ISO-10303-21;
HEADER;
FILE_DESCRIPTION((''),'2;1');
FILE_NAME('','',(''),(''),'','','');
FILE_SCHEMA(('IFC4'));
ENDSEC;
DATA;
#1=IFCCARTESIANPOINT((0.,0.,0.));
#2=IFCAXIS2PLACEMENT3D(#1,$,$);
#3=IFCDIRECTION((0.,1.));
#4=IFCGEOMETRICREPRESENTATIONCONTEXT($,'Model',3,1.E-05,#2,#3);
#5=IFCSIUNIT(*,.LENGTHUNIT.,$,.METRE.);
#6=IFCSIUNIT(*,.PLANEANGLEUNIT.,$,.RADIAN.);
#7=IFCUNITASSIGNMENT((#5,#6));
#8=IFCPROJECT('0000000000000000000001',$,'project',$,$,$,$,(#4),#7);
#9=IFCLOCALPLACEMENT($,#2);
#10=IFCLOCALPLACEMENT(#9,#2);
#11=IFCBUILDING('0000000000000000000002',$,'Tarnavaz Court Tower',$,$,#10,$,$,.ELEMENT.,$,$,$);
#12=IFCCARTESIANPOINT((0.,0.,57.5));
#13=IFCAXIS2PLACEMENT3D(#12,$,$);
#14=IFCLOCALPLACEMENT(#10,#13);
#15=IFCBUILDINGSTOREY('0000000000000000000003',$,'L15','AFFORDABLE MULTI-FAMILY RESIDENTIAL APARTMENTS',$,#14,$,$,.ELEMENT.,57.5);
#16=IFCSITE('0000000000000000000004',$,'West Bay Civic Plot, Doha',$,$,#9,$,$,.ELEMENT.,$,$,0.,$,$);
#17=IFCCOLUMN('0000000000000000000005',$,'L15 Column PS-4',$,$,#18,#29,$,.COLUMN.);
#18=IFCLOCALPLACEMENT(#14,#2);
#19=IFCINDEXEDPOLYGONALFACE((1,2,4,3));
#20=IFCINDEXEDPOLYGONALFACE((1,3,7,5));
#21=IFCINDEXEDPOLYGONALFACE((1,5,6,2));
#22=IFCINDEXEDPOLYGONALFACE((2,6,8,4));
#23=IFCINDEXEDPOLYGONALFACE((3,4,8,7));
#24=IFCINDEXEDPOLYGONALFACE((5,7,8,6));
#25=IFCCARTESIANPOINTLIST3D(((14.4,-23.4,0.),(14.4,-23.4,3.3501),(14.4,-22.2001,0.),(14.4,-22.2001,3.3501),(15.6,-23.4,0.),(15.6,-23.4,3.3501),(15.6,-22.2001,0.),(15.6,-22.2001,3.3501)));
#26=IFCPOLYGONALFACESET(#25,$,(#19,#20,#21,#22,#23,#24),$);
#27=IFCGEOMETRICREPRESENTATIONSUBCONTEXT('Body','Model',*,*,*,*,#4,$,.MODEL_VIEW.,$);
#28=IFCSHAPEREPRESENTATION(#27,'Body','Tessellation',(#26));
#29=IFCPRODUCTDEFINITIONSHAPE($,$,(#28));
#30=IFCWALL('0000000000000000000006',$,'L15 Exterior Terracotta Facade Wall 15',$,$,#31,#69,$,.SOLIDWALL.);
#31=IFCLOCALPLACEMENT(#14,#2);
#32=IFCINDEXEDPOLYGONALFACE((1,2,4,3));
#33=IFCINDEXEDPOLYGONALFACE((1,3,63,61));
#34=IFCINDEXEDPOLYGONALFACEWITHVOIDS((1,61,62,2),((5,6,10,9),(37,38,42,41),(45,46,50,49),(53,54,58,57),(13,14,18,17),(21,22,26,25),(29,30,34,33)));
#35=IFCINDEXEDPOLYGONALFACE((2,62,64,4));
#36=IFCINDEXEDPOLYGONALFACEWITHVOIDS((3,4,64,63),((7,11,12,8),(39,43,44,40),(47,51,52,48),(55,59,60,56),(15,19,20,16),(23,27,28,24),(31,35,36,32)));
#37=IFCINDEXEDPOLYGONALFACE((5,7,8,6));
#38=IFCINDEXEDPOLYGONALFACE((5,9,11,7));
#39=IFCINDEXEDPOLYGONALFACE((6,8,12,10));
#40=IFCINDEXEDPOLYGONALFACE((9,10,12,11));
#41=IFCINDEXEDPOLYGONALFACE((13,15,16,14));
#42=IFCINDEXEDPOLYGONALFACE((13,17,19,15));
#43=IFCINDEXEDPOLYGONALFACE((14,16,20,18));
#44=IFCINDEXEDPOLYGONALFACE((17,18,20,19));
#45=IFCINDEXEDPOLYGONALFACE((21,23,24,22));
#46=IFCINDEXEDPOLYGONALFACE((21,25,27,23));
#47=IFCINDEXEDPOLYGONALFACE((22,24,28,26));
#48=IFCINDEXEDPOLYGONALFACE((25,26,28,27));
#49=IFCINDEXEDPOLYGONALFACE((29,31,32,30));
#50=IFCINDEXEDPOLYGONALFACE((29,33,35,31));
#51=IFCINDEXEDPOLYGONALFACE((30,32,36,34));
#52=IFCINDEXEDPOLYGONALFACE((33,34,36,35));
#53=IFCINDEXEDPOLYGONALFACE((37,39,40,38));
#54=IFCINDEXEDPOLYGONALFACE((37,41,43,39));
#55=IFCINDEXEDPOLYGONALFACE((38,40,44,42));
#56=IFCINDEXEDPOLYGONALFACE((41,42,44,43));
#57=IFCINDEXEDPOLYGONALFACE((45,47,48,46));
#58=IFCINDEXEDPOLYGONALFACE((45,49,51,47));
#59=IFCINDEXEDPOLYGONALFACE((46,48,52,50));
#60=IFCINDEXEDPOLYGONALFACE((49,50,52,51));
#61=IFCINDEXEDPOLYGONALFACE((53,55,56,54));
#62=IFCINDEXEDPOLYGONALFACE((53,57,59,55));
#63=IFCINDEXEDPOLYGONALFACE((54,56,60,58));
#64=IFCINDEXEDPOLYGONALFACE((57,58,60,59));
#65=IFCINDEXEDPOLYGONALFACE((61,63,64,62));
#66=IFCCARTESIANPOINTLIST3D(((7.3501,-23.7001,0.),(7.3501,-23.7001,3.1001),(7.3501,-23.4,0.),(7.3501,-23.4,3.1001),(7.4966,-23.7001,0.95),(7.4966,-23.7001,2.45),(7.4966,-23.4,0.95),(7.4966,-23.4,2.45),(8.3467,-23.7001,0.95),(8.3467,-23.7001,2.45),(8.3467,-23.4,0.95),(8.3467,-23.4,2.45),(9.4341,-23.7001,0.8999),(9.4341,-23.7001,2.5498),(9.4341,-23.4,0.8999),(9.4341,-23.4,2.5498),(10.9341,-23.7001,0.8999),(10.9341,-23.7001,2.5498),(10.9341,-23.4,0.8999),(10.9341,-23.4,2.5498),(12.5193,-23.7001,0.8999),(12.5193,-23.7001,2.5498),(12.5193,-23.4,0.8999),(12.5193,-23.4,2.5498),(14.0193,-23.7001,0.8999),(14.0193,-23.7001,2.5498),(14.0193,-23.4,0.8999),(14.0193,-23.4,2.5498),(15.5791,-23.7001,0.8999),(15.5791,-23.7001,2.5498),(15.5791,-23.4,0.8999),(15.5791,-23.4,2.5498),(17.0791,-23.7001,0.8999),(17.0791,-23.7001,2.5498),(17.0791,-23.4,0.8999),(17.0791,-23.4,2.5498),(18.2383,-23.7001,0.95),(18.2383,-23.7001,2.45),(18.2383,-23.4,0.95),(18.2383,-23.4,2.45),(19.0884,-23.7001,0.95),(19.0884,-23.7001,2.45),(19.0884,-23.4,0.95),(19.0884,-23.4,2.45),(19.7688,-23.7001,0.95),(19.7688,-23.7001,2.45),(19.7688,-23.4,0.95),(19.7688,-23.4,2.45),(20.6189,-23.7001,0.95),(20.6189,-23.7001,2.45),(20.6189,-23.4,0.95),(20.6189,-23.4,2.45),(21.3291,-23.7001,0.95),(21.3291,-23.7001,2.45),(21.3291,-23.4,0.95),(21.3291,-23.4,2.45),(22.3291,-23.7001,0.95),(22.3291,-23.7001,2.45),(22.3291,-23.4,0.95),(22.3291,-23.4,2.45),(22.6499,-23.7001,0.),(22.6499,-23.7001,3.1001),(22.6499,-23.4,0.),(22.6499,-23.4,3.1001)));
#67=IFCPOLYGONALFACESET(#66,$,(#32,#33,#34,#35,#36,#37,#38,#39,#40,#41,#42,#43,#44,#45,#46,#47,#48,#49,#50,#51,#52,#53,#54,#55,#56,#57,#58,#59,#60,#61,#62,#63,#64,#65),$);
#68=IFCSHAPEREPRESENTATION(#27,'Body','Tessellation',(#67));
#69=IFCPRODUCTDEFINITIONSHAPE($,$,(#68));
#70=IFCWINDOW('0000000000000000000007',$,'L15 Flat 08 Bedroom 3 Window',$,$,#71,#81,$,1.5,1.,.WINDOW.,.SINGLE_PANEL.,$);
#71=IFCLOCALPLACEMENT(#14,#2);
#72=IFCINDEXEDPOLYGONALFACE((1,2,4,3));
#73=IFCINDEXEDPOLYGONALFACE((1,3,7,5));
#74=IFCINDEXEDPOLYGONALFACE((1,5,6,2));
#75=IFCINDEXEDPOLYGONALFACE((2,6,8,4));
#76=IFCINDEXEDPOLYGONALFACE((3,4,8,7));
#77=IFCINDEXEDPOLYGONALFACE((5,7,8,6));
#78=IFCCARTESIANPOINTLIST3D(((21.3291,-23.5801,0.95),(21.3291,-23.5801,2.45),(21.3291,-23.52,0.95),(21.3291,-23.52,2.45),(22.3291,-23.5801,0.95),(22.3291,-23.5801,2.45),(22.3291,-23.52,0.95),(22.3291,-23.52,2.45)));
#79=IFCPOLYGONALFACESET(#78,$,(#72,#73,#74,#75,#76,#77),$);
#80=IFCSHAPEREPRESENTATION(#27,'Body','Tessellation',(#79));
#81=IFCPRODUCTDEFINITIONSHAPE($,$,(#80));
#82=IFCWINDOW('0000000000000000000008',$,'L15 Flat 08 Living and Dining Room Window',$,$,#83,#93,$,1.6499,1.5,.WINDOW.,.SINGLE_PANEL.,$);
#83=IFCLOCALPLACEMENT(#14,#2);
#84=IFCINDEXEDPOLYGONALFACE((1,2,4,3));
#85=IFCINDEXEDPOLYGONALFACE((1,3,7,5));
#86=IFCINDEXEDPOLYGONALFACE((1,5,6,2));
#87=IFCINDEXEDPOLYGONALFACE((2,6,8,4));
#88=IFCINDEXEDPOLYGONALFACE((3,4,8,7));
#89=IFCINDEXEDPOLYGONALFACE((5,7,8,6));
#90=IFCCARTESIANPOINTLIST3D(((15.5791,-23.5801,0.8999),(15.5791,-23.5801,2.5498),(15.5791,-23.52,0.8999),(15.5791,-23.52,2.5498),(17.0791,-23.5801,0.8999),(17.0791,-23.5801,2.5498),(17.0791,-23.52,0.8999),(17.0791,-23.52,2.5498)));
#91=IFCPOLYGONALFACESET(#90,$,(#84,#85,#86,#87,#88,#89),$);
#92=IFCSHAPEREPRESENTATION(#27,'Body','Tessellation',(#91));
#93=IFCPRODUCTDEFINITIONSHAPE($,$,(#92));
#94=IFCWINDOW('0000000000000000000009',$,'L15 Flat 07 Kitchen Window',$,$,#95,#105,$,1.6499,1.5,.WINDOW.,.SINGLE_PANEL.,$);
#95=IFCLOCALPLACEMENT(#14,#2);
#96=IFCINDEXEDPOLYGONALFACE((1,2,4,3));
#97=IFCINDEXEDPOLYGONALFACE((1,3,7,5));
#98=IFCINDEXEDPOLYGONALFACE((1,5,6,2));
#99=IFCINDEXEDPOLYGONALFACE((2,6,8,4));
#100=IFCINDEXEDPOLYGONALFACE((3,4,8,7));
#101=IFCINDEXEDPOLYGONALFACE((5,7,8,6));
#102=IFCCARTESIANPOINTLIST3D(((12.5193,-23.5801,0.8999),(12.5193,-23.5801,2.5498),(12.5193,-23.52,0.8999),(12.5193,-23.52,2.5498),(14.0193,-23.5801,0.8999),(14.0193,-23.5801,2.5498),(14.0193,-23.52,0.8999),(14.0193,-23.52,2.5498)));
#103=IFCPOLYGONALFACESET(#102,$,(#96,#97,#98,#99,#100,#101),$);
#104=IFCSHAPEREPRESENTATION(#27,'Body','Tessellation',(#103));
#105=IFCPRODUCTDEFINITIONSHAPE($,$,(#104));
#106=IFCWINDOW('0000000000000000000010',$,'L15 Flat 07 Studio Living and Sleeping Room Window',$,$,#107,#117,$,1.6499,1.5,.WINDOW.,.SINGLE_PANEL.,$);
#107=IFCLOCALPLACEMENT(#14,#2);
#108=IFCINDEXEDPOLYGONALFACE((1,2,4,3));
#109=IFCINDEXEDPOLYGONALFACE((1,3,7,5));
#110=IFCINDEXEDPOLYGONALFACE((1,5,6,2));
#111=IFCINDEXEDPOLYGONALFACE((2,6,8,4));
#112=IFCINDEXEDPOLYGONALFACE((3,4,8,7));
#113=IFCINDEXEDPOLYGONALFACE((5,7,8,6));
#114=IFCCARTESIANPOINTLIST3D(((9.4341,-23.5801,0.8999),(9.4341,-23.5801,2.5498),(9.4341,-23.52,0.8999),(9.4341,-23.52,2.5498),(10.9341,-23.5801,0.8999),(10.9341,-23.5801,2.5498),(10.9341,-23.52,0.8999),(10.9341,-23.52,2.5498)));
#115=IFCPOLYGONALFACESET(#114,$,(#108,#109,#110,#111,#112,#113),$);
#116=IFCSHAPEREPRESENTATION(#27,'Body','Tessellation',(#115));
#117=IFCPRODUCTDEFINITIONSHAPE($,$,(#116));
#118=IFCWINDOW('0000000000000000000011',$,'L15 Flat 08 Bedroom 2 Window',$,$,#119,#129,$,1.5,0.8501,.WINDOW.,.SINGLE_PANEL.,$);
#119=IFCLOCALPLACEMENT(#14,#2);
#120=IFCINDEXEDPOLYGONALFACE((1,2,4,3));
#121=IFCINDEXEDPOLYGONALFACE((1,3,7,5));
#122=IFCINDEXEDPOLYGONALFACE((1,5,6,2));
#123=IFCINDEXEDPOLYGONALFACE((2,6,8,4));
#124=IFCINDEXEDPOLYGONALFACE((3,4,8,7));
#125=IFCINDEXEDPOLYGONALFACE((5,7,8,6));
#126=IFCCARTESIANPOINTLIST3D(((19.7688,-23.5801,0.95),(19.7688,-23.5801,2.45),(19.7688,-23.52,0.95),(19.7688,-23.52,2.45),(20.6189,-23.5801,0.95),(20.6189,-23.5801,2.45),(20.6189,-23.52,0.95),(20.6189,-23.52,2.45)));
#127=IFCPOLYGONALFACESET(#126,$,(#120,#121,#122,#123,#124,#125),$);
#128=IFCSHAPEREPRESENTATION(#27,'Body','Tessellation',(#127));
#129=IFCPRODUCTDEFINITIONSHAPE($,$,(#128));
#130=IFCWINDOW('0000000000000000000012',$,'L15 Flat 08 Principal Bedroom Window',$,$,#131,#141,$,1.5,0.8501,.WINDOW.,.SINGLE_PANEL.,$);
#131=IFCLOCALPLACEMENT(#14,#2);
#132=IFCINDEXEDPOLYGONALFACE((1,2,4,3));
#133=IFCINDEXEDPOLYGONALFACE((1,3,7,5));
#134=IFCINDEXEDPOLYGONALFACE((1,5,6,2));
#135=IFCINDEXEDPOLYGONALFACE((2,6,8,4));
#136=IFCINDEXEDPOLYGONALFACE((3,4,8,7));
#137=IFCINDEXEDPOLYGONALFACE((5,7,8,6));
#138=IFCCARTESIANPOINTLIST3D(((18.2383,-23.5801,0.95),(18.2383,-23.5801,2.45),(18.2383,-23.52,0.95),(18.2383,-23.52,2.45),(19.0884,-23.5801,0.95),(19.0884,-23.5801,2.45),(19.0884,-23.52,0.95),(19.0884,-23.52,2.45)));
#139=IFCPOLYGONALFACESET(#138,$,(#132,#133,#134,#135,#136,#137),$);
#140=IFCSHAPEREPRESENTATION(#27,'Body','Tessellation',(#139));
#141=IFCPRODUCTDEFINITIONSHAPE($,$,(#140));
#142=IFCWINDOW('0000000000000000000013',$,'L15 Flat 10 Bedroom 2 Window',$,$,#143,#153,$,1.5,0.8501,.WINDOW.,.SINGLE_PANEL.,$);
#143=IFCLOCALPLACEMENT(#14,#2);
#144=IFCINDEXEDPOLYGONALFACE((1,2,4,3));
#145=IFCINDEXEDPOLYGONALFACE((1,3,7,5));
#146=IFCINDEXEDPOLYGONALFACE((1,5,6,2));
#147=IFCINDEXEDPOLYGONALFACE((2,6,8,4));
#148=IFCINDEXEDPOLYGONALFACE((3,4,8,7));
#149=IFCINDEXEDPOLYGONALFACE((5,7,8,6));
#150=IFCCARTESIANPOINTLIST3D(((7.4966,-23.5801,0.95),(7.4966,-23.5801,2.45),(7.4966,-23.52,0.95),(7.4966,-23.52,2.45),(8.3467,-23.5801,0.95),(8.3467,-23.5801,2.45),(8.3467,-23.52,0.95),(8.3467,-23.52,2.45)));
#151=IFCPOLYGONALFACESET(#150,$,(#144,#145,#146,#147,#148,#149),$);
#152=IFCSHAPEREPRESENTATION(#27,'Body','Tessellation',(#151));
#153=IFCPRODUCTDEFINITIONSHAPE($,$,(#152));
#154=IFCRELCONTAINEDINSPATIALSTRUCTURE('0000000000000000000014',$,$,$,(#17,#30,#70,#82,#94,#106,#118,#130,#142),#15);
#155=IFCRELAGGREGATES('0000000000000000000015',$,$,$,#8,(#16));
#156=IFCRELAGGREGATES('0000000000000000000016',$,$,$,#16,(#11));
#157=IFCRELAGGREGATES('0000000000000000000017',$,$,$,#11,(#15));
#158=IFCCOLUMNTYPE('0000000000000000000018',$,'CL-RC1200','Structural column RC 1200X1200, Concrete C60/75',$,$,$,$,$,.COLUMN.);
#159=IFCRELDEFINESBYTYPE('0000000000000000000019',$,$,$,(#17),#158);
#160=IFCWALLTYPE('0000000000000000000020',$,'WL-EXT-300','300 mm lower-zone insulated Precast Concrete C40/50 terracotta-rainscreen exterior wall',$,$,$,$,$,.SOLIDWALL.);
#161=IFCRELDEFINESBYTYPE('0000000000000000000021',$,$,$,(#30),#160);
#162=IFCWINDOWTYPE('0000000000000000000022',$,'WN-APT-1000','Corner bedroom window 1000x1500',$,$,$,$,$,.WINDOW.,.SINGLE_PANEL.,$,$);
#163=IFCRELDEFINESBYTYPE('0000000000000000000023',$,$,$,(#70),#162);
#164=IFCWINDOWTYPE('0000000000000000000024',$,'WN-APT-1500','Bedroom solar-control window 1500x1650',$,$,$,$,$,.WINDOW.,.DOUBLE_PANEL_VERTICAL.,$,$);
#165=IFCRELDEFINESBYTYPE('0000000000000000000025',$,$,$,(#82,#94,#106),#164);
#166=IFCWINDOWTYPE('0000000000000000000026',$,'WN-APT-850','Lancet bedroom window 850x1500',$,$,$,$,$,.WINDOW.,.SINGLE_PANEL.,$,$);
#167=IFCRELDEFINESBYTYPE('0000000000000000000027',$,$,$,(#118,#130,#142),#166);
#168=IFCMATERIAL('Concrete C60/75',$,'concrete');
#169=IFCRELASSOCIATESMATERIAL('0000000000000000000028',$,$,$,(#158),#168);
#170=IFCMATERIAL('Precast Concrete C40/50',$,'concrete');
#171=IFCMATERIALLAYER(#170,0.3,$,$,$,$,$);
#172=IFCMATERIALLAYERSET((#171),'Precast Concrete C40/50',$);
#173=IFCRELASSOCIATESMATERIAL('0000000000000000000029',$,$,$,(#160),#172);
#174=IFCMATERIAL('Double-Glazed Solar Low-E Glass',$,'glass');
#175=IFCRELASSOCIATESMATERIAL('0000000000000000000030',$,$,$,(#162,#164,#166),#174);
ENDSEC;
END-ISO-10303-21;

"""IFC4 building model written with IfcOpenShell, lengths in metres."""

from ifc_helpers import new_model, si_unit, direction, frame, frame_2d, origin, origin_2d, place, context, subcontext, project, spatial, rectangle, extrude, material, layer, layer_set, material_profile, profile_set, type_object, element, fill, save


model = new_model("IFC4")

# Units and contexts
model_context = context("Model", 3, precision=1e-05, world=origin(), true_north=direction((0.0, 1.0)))
body_context = subcontext(model_context, "Body", "Model", "MODEL_VIEW")
ifc_project = project(units=[si_unit("LENGTHUNIT", "METRE"), si_unit("PLANEANGLEUNIT", "RADIAN")], contexts=[model_context])

# Site, building, storey
site_placement = place(None, origin())
site = spatial("IfcSite", under=ifc_project, at=site_placement, Name="West Bay Civic Plot, Doha", CompositionType="ELEMENT", RefElevation=0.0)
building_placement = place(site_placement, origin())
building = spatial("IfcBuilding", under=site, at=building_placement, Name="Tarnavaz Court Tower", CompositionType="ELEMENT")
storey_placement = place(building_placement, frame((0.0, 0.0, 57.5)))
storey = spatial("IfcBuildingStorey", under=building, at=storey_placement, Name="L15", Description="AFFORDABLE MULTI-FAMILY RESIDENTIAL APARTMENTS", CompositionType="ELEMENT", Elevation=57.5)

# Column
ifc_material_1 = material(Name="Concrete C60/75", Category="concrete")
ifc_material_profile_1 = material_profile(ifc_material_1, rectangle(XDim=1.2, YDim=1.2, at=origin_2d()), Name="RC 1200X1200")
ifc_profile_set_1 = profile_set([ifc_material_profile_1], Name="Concrete C60/75")
column_type = type_object("IfcColumnType", Name="CL-RC1200", Description="Structural column RC 1200X1200, Concrete C60/75", PredefinedType="COLUMN", material=ifc_profile_set_1)
column_placement = place(storey_placement, frame((15.0, -22.8, 0.0), z_axis=(0.0, 0.0, 1.0), x_axis=(1.0, 0.0, 0.0)))
element("IfcColumn", 1, at=column_placement, inside=storey, type_object=column_type, Name="L15 Column PS-4", PredefinedType="COLUMN", context=body_context, shape_type="SweptSolid", body=[
    extrude(rectangle(XDim=1.2, YDim=1.2, at=origin_2d()), origin(), (0.0, 0.0, 1.0), 3.3501),
])

# Wall, openings, windows
ifc_material_2 = material(Name="Precast Concrete C40/50", Category="concrete")
ifc_layer_1 = layer(ifc_material_2, 0.3)
ifc_layer_set_1 = layer_set([ifc_layer_1], Name="Precast Concrete C40/50")
wall_type_1 = type_object("IfcWallType", Name="WL-EXT-300", Description="300 mm lower-zone insulated Precast Concrete C40/50 terracotta-rainscreen exterior wall", PredefinedType="SOLIDWALL", material=ifc_layer_set_1)
wall_1_placement = place(storey_placement, frame((22.6499, -23.55, 0.0), z_axis=(0.0, 0.0, 1.0), x_axis=(-1.0, 0.0, 0.0)))
wall_1 = element("IfcWall", 2, at=wall_1_placement, inside=storey, type_object=wall_type_1, Name="L15 Exterior Terracotta Facade Wall 15", PredefinedType="SOLIDWALL", context=body_context, shape_type="SweptSolid", body=[
    extrude(rectangle(XDim=15.2998, YDim=0.3, at=frame_2d((7.6499, 0.0))), origin(), (0.0, 0.0, 1.0), 3.1001),
])
opening_1_placement = place(wall_1_placement, frame((0.3208, 0.0, 0.95)))
opening_1 = element("IfcOpeningElement", 3, at=opening_1_placement, cuts=wall_1, PredefinedType="OPENING", context=body_context, shape_type="SweptSolid", body=[
    extrude(rectangle(XDim=1.0, YDim=1.5, at=frame_2d((0.5, 0.75))), frame((0.0, 0.1599, 0.0), z_axis=(0.0, -1.0, 0.0), x_axis=(1.0, 0.0, 0.0)), (0.0, 0.0, 1.0), 0.3201),
])
opening_2_placement = place(wall_1_placement, frame((2.031, 0.0, 0.95)))
opening_2 = element("IfcOpeningElement", 4, at=opening_2_placement, cuts=wall_1, PredefinedType="OPENING", context=body_context, shape_type="SweptSolid", body=[
    extrude(rectangle(XDim=0.8501, YDim=1.5, at=frame_2d((0.425, 0.75))), frame((0.0, 0.1599, 0.0), z_axis=(0.0, -1.0, 0.0), x_axis=(1.0, 0.0, 0.0)), (0.0, 0.0, 1.0), 0.3201),
])
opening_3_placement = place(wall_1_placement, frame((3.5615, 0.0, 0.95)))
opening_3 = element("IfcOpeningElement", 5, at=opening_3_placement, cuts=wall_1, PredefinedType="OPENING", context=body_context, shape_type="SweptSolid", body=[
    extrude(rectangle(XDim=0.8501, YDim=1.5, at=frame_2d((0.425, 0.75))), frame((0.0, 0.1599, 0.0), z_axis=(0.0, -1.0, 0.0), x_axis=(1.0, 0.0, 0.0)), (0.0, 0.0, 1.0), 0.3201),
])
opening_4_placement = place(wall_1_placement, frame((5.5708, 0.0, 0.8999)))
opening_4 = element("IfcOpeningElement", 6, at=opening_4_placement, cuts=wall_1, PredefinedType="OPENING", context=body_context, shape_type="SweptSolid", body=[
    extrude(rectangle(XDim=1.5, YDim=1.6499, at=frame_2d((0.75, 0.825))), frame((0.0, 0.1599, 0.0), z_axis=(0.0, -1.0, 0.0), x_axis=(1.0, 0.0, 0.0)), (0.0, 0.0, 1.0), 0.3201),
])
opening_5_placement = place(wall_1_placement, frame((8.6306, 0.0, 0.8999)))
opening_5 = element("IfcOpeningElement", 7, at=opening_5_placement, cuts=wall_1, PredefinedType="OPENING", context=body_context, shape_type="SweptSolid", body=[
    extrude(rectangle(XDim=1.5, YDim=1.6499, at=frame_2d((0.75, 0.825))), frame((0.0, 0.1599, 0.0), z_axis=(0.0, -1.0, 0.0), x_axis=(1.0, 0.0, 0.0)), (0.0, 0.0, 1.0), 0.3201),
])
opening_6_placement = place(wall_1_placement, frame((11.7158, 0.0, 0.8999)))
opening_6 = element("IfcOpeningElement", 8, at=opening_6_placement, cuts=wall_1, PredefinedType="OPENING", context=body_context, shape_type="SweptSolid", body=[
    extrude(rectangle(XDim=1.5, YDim=1.6499, at=frame_2d((0.75, 0.825))), frame((0.0, 0.1599, 0.0), z_axis=(0.0, -1.0, 0.0), x_axis=(1.0, 0.0, 0.0)), (0.0, 0.0, 1.0), 0.3201),
])
opening_7_placement = place(wall_1_placement, frame((14.3032, 0.0, 0.95)))
opening_7 = element("IfcOpeningElement", 9, at=opening_7_placement, cuts=wall_1, PredefinedType="OPENING", context=body_context, shape_type="SweptSolid", body=[
    extrude(rectangle(XDim=0.8501, YDim=1.5, at=frame_2d((0.425, 0.75))), frame((0.0, 0.1599, 0.0), z_axis=(0.0, -1.0, 0.0), x_axis=(1.0, 0.0, 0.0)), (0.0, 0.0, 1.0), 0.3201),
])
ifc_material_3 = material(Name="Double-Glazed Solar Low-E Glass", Category="glass")
window_type_1 = type_object("IfcWindowType", Name="WN-APT-1000", Description="Corner bedroom window 1000x1500", PartitioningType="SINGLE_PANEL", PredefinedType="WINDOW", material=ifc_material_3)
window_1_placement = place(opening_1_placement, origin())
window_1 = element("IfcWindow", 10, at=window_1_placement, inside=storey, type_object=window_type_1, Name="L15 Flat 08 Bedroom 3 Window", OverallHeight=1.5, OverallWidth=1.0, PartitioningType="SINGLE_PANEL", PredefinedType="WINDOW", context=body_context, shape_type="SweptSolid", body=[
    extrude(rectangle(XDim=1.0, YDim=1.5, at=frame_2d((0.5, 0.75))), frame((0.0, 0.03, 0.0), z_axis=(0.0, -1.0, 0.0), x_axis=(1.0, 0.0, 0.0)), (0.0, 0.0, 1.0), 0.0601),
])
fill(opening_1, window_1)
window_type_2 = type_object("IfcWindowType", Name="WN-APT-1500", Description="Bedroom solar-control window 1500x1650", PartitioningType="DOUBLE_PANEL_VERTICAL", PredefinedType="WINDOW", material=ifc_material_3)
window_2_placement = place(opening_4_placement, origin())
window_2 = element("IfcWindow", 11, at=window_2_placement, inside=storey, type_object=window_type_2, Name="L15 Flat 08 Living and Dining Room Window", OverallHeight=1.6499, OverallWidth=1.5, PartitioningType="SINGLE_PANEL", PredefinedType="WINDOW", context=body_context, shape_type="SweptSolid", body=[
    extrude(rectangle(XDim=1.5, YDim=1.6499, at=frame_2d((0.75, 0.825))), frame((0.0, 0.03, 0.0), z_axis=(0.0, -1.0, 0.0), x_axis=(1.0, 0.0, 0.0)), (0.0, 0.0, 1.0), 0.0601),
])
fill(opening_4, window_2)
window_3_placement = place(opening_5_placement, origin())
window_3 = element("IfcWindow", 12, at=window_3_placement, inside=storey, type_object=window_type_2, Name="L15 Flat 07 Kitchen Window", OverallHeight=1.6499, OverallWidth=1.5, PartitioningType="SINGLE_PANEL", PredefinedType="WINDOW", context=body_context, shape_type="SweptSolid", body=[
    extrude(rectangle(XDim=1.5, YDim=1.6499, at=frame_2d((0.75, 0.825))), frame((0.0, 0.03, 0.0), z_axis=(0.0, -1.0, 0.0), x_axis=(1.0, 0.0, 0.0)), (0.0, 0.0, 1.0), 0.0601),
])
fill(opening_5, window_3)
window_4_placement = place(opening_6_placement, origin())
window_4 = element("IfcWindow", 13, at=window_4_placement, inside=storey, type_object=window_type_2, Name="L15 Flat 07 Studio Living and Sleeping Room Window", OverallHeight=1.6499, OverallWidth=1.5, PartitioningType="SINGLE_PANEL", PredefinedType="WINDOW", context=body_context, shape_type="SweptSolid", body=[
    extrude(rectangle(XDim=1.5, YDim=1.6499, at=frame_2d((0.75, 0.825))), frame((0.0, 0.03, 0.0), z_axis=(0.0, -1.0, 0.0), x_axis=(1.0, 0.0, 0.0)), (0.0, 0.0, 1.0), 0.0601),
])
fill(opening_6, window_4)
window_type_3 = type_object("IfcWindowType", Name="WN-APT-850", Description="Lancet bedroom window 850x1500", PartitioningType="SINGLE_PANEL", PredefinedType="WINDOW", material=ifc_material_3)
window_5_placement = place(opening_2_placement, origin())
window_5 = element("IfcWindow", 14, at=window_5_placement, inside=storey, type_object=window_type_3, Name="L15 Flat 08 Bedroom 2 Window", OverallHeight=1.5, OverallWidth=0.8501, PartitioningType="SINGLE_PANEL", PredefinedType="WINDOW", context=body_context, shape_type="SweptSolid", body=[
    extrude(rectangle(XDim=0.8501, YDim=1.5, at=frame_2d((0.425, 0.75))), frame((0.0, 0.03, 0.0), z_axis=(0.0, -1.0, 0.0), x_axis=(1.0, 0.0, 0.0)), (0.0, 0.0, 1.0), 0.0601),
])
fill(opening_2, window_5)
window_6_placement = place(opening_3_placement, origin())
window_6 = element("IfcWindow", 15, at=window_6_placement, inside=storey, type_object=window_type_3, Name="L15 Flat 08 Principal Bedroom Window", OverallHeight=1.5, OverallWidth=0.8501, PartitioningType="SINGLE_PANEL", PredefinedType="WINDOW", context=body_context, shape_type="SweptSolid", body=[
    extrude(rectangle(XDim=0.8501, YDim=1.5, at=frame_2d((0.425, 0.75))), frame((0.0, 0.03, 0.0), z_axis=(0.0, -1.0, 0.0), x_axis=(1.0, 0.0, 0.0)), (0.0, 0.0, 1.0), 0.0601),
])
fill(opening_3, window_6)
window_7_placement = place(opening_7_placement, origin())
window_7 = element("IfcWindow", 16, at=window_7_placement, inside=storey, type_object=window_type_3, Name="L15 Flat 10 Bedroom 2 Window", OverallHeight=1.5, OverallWidth=0.8501, PartitioningType="SINGLE_PANEL", PredefinedType="WINDOW", context=body_context, shape_type="SweptSolid", body=[
    extrude(rectangle(XDim=0.8501, YDim=1.5, at=frame_2d((0.425, 0.75))), frame((0.0, 0.03, 0.0), z_axis=(0.0, -1.0, 0.0), x_axis=(1.0, 0.0, 0.0)), (0.0, 0.0, 1.0), 0.0601),
])
fill(opening_7, window_7)

save(model, "model.ifc")
